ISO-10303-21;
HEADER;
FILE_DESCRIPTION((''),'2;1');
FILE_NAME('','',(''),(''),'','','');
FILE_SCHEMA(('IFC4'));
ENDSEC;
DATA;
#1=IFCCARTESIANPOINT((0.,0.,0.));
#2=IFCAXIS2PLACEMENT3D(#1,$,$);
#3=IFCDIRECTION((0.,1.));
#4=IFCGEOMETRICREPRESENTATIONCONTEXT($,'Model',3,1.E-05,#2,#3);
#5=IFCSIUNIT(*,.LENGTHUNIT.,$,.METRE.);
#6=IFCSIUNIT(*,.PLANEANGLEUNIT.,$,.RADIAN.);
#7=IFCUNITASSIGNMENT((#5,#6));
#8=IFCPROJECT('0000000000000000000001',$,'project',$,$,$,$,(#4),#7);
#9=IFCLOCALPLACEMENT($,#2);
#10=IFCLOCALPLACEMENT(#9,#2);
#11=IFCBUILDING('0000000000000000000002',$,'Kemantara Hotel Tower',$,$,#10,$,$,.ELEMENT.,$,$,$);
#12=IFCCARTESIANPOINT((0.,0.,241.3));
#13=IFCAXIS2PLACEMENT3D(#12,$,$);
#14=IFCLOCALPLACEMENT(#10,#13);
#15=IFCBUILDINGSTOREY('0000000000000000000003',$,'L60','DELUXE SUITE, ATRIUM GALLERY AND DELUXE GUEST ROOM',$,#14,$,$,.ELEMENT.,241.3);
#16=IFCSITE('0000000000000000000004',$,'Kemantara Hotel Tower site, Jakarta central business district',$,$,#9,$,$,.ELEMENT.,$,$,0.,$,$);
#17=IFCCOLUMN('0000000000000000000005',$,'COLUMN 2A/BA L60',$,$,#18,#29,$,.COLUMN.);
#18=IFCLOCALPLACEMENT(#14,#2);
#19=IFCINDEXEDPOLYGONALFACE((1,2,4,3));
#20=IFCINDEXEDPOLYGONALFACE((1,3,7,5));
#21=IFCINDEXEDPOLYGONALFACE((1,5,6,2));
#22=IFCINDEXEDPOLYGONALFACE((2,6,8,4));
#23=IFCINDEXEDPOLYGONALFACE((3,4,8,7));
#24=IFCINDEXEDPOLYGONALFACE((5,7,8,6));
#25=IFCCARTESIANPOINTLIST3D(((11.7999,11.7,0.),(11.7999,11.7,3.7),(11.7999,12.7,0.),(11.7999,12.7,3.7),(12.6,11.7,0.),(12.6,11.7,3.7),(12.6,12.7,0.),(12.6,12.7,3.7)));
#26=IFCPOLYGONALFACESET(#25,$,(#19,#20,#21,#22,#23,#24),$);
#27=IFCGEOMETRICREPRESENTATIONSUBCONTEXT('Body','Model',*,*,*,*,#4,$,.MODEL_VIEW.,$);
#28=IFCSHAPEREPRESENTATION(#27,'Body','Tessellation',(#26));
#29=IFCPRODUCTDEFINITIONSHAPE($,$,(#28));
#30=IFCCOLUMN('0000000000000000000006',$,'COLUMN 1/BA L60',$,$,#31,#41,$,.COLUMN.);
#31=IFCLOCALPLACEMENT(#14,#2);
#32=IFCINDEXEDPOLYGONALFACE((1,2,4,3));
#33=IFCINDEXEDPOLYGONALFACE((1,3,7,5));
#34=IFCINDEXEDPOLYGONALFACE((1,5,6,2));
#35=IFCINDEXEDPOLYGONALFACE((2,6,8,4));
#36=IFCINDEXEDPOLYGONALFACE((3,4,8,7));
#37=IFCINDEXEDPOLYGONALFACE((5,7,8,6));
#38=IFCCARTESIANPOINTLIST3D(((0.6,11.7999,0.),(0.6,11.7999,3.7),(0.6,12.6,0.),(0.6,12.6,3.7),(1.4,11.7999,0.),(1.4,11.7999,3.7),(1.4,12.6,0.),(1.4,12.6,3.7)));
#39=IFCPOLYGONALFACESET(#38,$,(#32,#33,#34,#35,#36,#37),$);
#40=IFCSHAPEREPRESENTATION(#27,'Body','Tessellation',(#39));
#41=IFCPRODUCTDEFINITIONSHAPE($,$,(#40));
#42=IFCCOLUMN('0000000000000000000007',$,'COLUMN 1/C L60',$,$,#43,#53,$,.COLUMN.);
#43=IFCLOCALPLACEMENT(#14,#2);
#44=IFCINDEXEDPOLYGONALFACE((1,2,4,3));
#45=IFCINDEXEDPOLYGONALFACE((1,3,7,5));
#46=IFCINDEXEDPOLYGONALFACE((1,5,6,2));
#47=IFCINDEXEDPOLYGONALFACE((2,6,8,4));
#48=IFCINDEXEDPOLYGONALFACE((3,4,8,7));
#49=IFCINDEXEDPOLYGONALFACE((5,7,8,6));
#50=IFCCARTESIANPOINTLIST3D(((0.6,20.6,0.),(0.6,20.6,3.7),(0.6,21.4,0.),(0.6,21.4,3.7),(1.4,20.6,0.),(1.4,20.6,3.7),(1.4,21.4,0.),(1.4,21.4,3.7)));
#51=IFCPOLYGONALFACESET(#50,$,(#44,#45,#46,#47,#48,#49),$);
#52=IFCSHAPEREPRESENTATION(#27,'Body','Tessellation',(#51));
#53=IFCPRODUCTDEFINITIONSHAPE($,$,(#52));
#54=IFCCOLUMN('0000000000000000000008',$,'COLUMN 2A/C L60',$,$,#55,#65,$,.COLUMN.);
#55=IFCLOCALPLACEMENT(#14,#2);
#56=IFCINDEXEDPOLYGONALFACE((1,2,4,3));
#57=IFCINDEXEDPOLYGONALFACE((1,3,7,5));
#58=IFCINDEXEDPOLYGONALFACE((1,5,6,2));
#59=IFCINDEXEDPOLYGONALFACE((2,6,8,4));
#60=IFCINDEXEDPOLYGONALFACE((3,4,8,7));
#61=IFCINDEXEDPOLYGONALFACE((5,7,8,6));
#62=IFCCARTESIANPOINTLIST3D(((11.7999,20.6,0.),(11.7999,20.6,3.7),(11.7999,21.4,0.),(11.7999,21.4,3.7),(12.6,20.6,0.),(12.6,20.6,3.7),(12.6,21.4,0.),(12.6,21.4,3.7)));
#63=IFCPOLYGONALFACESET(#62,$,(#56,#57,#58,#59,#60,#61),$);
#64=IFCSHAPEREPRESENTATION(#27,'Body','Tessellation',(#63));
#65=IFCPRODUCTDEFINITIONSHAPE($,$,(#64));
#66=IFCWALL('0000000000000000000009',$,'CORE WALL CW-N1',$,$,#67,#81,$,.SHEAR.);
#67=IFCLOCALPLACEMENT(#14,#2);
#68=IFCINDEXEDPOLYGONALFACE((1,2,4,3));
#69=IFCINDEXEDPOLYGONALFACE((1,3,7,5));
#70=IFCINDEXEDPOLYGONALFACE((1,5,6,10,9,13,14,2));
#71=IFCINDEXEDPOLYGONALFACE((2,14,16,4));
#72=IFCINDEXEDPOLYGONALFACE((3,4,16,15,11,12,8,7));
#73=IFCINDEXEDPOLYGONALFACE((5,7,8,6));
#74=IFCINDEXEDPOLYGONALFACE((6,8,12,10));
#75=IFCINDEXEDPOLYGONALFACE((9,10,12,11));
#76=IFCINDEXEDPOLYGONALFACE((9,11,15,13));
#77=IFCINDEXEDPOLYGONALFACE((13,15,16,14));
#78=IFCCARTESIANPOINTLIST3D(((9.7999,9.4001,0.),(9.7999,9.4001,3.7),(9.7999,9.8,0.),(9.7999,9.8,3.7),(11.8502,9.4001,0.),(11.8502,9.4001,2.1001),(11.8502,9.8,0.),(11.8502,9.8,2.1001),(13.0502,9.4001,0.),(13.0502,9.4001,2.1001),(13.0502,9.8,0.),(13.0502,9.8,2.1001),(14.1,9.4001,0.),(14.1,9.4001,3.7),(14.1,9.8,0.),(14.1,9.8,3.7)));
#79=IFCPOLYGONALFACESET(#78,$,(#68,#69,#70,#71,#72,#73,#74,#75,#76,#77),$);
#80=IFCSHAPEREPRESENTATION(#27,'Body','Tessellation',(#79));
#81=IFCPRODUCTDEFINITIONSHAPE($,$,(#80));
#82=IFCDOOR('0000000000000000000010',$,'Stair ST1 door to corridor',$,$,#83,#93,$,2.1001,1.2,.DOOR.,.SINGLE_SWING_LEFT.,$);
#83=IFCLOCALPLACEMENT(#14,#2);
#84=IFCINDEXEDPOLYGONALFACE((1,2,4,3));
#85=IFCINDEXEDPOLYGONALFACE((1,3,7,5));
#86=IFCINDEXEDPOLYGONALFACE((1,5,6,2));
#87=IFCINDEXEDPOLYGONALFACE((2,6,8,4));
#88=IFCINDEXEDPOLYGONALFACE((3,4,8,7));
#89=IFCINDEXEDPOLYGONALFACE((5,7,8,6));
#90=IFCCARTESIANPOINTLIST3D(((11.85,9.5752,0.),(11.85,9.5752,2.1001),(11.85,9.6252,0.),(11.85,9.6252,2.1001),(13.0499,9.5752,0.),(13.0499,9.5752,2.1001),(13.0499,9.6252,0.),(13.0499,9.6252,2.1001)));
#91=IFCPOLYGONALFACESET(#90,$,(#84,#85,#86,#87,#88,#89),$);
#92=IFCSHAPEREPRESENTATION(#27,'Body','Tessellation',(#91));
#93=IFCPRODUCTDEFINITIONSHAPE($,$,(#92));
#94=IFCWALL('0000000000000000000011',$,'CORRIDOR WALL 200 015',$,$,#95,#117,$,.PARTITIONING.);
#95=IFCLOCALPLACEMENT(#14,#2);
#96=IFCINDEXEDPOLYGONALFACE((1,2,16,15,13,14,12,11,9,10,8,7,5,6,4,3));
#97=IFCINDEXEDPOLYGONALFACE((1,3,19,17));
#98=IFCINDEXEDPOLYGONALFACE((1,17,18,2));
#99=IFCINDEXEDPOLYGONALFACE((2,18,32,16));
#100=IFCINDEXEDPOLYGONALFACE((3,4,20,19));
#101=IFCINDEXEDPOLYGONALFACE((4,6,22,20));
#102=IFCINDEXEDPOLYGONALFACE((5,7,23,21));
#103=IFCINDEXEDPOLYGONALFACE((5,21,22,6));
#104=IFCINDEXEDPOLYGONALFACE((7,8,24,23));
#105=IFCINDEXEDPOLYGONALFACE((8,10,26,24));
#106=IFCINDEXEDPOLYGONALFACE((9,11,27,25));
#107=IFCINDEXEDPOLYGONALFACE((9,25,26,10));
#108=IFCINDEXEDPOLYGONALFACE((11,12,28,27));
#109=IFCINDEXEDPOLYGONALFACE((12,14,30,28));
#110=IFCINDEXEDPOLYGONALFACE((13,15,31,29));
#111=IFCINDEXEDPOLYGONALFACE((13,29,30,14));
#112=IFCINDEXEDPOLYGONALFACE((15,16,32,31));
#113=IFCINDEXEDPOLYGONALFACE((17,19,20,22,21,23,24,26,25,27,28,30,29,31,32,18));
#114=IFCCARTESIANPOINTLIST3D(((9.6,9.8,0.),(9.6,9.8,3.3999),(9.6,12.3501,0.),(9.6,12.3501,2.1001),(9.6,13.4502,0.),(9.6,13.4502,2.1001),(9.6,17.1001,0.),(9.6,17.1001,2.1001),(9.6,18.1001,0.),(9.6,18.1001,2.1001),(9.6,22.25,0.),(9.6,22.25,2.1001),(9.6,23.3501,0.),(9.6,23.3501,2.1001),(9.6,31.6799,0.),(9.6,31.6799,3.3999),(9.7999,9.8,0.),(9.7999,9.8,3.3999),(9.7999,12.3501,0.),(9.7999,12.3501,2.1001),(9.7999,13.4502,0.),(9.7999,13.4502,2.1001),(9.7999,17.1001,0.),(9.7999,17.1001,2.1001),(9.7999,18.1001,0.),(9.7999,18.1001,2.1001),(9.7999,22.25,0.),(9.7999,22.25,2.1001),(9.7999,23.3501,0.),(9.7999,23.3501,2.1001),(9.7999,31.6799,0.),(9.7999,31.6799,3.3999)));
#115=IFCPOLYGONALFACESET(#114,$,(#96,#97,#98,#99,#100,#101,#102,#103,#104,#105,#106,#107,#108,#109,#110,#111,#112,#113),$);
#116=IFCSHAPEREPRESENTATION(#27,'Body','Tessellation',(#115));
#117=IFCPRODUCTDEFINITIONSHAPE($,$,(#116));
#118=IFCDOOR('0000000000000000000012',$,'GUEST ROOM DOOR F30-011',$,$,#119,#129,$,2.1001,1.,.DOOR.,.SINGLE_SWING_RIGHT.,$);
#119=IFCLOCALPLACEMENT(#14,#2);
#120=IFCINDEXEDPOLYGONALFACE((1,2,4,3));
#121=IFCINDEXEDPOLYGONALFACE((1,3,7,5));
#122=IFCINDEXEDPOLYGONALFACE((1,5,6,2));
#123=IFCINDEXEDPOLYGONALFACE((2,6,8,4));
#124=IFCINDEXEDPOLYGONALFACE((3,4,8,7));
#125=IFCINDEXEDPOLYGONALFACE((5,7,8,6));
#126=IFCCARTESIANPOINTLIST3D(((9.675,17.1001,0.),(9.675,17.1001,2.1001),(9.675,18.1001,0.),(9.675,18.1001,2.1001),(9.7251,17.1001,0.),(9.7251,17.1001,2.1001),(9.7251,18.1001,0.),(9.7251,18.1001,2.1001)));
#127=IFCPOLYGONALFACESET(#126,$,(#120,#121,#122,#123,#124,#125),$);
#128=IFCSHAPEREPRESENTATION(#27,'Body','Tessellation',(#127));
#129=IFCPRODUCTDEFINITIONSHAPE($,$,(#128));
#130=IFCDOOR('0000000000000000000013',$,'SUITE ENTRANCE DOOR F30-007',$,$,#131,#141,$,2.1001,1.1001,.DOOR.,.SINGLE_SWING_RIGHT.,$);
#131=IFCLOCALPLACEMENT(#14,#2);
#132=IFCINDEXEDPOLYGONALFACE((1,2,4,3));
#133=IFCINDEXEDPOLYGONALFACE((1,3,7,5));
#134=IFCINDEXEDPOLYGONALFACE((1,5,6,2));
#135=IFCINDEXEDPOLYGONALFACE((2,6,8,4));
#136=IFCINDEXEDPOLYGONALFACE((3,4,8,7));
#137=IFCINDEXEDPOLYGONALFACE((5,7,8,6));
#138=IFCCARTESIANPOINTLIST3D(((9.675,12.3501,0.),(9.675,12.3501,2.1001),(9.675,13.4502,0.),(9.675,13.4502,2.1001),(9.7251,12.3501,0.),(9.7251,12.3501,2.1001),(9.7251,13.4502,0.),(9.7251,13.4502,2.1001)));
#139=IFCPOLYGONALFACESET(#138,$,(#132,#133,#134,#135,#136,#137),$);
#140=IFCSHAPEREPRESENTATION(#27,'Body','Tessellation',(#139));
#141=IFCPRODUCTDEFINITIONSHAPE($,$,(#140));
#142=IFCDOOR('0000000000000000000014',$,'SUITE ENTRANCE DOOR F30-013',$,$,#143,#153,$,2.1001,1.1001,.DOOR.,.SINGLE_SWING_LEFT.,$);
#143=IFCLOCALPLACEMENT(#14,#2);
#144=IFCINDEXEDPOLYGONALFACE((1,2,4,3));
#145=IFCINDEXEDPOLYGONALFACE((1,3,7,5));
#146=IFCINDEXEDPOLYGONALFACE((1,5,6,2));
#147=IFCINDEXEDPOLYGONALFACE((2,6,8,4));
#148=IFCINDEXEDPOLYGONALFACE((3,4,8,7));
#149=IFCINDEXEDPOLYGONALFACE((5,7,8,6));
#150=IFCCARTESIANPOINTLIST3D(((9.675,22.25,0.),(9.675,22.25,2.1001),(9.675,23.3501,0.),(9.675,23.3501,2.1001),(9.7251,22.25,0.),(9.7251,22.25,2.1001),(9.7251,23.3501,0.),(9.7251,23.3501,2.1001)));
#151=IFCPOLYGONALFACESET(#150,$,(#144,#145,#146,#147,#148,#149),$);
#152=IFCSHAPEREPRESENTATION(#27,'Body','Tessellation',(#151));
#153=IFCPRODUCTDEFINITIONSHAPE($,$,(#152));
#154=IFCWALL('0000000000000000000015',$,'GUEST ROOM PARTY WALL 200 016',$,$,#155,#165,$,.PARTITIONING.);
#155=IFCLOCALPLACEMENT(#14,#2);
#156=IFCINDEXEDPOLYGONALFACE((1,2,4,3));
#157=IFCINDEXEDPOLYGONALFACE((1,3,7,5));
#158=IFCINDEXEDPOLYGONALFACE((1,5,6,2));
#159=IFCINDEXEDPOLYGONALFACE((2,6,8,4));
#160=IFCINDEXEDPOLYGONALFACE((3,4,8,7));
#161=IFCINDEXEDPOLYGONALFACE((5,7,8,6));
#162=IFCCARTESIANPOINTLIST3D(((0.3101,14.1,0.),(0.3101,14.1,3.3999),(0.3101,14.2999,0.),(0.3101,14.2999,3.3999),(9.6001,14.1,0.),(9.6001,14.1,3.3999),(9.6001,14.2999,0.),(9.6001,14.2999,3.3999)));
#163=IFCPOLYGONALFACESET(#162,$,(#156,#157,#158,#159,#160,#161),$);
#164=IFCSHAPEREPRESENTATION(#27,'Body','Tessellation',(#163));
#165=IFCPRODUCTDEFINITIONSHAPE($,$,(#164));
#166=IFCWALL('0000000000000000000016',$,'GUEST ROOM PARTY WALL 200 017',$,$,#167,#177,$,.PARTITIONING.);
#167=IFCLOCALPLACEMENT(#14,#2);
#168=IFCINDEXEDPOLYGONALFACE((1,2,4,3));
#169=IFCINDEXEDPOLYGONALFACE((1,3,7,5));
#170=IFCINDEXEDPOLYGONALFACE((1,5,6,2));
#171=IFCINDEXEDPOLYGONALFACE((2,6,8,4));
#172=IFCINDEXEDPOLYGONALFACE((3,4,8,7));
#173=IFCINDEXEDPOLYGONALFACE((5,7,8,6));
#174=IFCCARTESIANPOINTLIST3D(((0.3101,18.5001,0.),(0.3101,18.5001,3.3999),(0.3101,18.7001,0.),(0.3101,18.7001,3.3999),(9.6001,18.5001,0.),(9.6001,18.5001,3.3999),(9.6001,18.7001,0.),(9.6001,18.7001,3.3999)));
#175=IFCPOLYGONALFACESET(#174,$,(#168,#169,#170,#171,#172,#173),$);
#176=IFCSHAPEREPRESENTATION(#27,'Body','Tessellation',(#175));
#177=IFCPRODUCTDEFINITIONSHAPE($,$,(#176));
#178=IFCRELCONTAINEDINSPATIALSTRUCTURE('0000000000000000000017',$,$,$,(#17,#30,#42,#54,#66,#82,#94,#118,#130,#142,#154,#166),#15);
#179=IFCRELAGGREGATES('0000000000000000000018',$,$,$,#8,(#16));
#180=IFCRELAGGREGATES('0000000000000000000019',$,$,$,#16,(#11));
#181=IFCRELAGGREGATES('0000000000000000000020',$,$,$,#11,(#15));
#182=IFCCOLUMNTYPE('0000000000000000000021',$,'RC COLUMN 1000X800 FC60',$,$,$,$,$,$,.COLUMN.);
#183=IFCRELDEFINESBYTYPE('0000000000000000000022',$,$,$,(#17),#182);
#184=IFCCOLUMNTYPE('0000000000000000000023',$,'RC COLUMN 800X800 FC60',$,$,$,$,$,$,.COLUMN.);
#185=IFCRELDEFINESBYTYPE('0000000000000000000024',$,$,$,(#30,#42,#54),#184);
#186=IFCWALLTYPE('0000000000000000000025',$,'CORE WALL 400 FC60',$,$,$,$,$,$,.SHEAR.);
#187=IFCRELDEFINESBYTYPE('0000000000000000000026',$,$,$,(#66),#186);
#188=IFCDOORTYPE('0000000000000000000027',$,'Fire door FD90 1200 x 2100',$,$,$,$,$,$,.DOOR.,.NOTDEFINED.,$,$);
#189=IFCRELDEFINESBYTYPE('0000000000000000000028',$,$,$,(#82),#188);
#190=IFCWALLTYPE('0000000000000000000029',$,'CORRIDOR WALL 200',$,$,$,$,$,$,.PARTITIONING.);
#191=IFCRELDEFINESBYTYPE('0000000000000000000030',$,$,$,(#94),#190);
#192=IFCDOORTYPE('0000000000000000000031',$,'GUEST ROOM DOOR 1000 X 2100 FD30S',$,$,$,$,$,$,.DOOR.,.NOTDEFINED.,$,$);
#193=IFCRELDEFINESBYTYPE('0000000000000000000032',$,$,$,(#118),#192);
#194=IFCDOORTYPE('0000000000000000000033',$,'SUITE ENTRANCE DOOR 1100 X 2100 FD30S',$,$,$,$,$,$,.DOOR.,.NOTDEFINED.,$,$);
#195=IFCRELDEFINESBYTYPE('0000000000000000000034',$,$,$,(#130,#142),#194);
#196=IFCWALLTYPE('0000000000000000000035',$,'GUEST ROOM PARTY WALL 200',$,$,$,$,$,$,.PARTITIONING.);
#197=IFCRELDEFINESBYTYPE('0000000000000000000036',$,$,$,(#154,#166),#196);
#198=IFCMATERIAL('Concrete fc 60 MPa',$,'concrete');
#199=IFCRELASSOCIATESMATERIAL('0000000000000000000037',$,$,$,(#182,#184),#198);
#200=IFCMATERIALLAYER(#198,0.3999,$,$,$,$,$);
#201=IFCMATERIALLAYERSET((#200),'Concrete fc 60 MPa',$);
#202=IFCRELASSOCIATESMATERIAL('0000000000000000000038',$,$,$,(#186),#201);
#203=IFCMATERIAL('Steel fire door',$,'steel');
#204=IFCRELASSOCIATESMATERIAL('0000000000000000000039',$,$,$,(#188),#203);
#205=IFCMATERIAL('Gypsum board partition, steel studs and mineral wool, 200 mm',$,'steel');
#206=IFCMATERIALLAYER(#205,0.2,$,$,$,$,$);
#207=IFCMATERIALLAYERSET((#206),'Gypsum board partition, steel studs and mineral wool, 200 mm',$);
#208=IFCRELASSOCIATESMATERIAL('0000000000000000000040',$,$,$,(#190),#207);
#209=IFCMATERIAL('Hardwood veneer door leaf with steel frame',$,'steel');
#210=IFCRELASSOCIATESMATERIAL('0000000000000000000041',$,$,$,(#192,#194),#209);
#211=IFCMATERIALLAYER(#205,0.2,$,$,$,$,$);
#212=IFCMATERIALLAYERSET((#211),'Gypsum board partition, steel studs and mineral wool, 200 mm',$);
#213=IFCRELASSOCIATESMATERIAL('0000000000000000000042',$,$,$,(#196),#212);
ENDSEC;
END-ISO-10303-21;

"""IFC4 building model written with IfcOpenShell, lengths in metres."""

from ifc_helpers import new_model, si_unit, direction, frame, frame_2d, origin, origin_2d, place, context, subcontext, project, spatial, rectangle, extrude, material, layer, layer_set, material_profile, profile_set, type_object, element, fill, save


model = new_model("IFC4")

# Units and contexts
model_context = context("Model", 3, precision=1e-05, world=origin(), true_north=direction((0.0, 1.0)))
body_context = subcontext(model_context, "Body", "Model", "MODEL_VIEW")
ifc_project = project(units=[si_unit("LENGTHUNIT", "METRE"), si_unit("PLANEANGLEUNIT", "RADIAN")], contexts=[model_context])

# Site, building, storey
site_placement = place(None, origin())
site = spatial("IfcSite", under=ifc_project, at=site_placement, Name="Kemantara Hotel Tower site, Jakarta central business district", CompositionType="ELEMENT", RefElevation=0.0)
building_placement = place(site_placement, origin())
building = spatial("IfcBuilding", under=site, at=building_placement, Name="Kemantara Hotel Tower", CompositionType="ELEMENT")
storey_placement = place(building_placement, frame((0.0, 0.0, 241.3)))
storey = spatial("IfcBuildingStorey", under=building, at=storey_placement, Name="L60", Description="DELUXE SUITE, ATRIUM GALLERY AND DELUXE GUEST ROOM", CompositionType="ELEMENT", Elevation=241.3)

# Columns
ifc_material_1 = material(Name="Concrete fc 60 MPa", Category="concrete")
ifc_material_profile_1 = material_profile(ifc_material_1, rectangle(XDim=1.0, YDim=0.8, at=origin_2d()), Name="RC 1000X800")
ifc_profile_set_1 = profile_set([ifc_material_profile_1], Name="Concrete fc 60 MPa")
column_type_1 = type_object("IfcColumnType", Name="RC COLUMN 1000X800 FC60", PredefinedType="COLUMN", material=ifc_profile_set_1)
column_placement = place(storey_placement, frame((12.2, 12.2, 0.0), z_axis=(0.0, 0.0, 1.0), x_axis=(0.0, 1.0, 0.0)))
element("IfcColumn", 1, at=column_placement, inside=storey, type_object=column_type_1, Name="COLUMN 2A/BA L60", PredefinedType="COLUMN", context=body_context, shape_type="SweptSolid", body=[
    extrude(rectangle(XDim=1.0, YDim=0.8, at=origin_2d()), origin(), (0.0, 0.0, 1.0), 3.7),
])
ifc_material_profile_2 = material_profile(ifc_material_1, rectangle(XDim=0.8, YDim=0.8, at=origin_2d()), Name="RC 800X800")
ifc_profile_set_2 = profile_set([ifc_material_profile_2], Name="Concrete fc 60 MPa")
column_type_2 = type_object("IfcColumnType", Name="RC COLUMN 800X800 FC60", PredefinedType="COLUMN", material=ifc_profile_set_2)
for number, where, z_axis, x_axis, name in (
    (2, (1.0, 12.2, 0.0), (0.0, 0.0, 1.0), (1.0, 0.0, 0.0), "COLUMN 1/BA L60"),
    (3, (1.0, 21.0, 0.0), (0.0, 0.0, 1.0), (1.0, 0.0, 0.0), "COLUMN 1/C L60"),
    (4, (12.2, 21.0, 0.0), (0.0, 0.0, 1.0), (1.0, 0.0, 0.0), "COLUMN 2A/C L60"),
):
    element("IfcColumn", number, at=place(storey_placement, frame(where, z_axis=z_axis, x_axis=x_axis)), inside=storey, type_object=column_type_2, Name=name, PredefinedType="COLUMN", context=body_context, shape_type="SweptSolid", body=[
        extrude(rectangle(XDim=0.8, YDim=0.8, at=origin_2d()), origin(), (0.0, 0.0, 1.0), 3.7),
    ])

# Wall, opening, door
ifc_layer_1 = layer(ifc_material_1, 0.3999)
ifc_layer_set_1 = layer_set([ifc_layer_1], Name="Concrete fc 60 MPa")
wall_type_1 = type_object("IfcWallType", Name="CORE WALL 400 FC60", PredefinedType="SHEAR", material=ifc_layer_set_1)
wall_1_placement = place(storey_placement, frame((9.8, 9.6001, 0.0), z_axis=(0.0, 0.0, 1.0), x_axis=(1.0, 0.0, 0.0)))
wall_1 = element("IfcWall", 5, at=wall_1_placement, inside=storey, type_object=wall_type_1, Name="CORE WALL CW-N1", PredefinedType="SHEAR", context=body_context, shape_type="SweptSolid", body=[
    extrude(rectangle(XDim=4.3, YDim=0.3999, at=frame_2d((2.1499, 0.0))), origin(), (0.0, 0.0, 1.0), 3.7),
])
opening_1_placement = place(wall_1_placement, frame((2.05, 0.0, 0.0)))
opening_1 = element("IfcOpeningElement", 6, at=opening_1_placement, cuts=wall_1, PredefinedType="OPENING", context=body_context, shape_type="SweptSolid", body=[
    extrude(rectangle(XDim=1.2, YDim=2.1001, at=frame_2d((0.6001, 1.05))), frame((0.0, 0.21, 0.0), z_axis=(0.0, -1.0, 0.0), x_axis=(1.0, 0.0, 0.0)), (0.0, 0.0, 1.0), 0.4199),
])
ifc_material_2 = material(Name="Steel fire door", Category="steel")
door_type_1 = type_object("IfcDoorType", Name="Fire door FD90 1200 x 2100", OperationType="NOTDEFINED", PredefinedType="DOOR", material=ifc_material_2)
door_1_placement = place(opening_1_placement, frame((1.2, 0.0, 0.0), z_axis=(0.0, 0.0, 1.0), x_axis=(-1.0, 0.0, 0.0)))
door_1 = element("IfcDoor", 7, at=door_1_placement, inside=storey, type_object=door_type_1, Name="Stair ST1 door to corridor", OperationType="SINGLE_SWING_LEFT", OverallHeight=2.1001, OverallWidth=1.2, PredefinedType="DOOR", context=body_context, shape_type="SweptSolid", body=[
    extrude(rectangle(XDim=1.2, YDim=2.1001, at=frame_2d((0.6001, 1.05))), frame((0.0, 0.0249, 0.0), z_axis=(0.0, -1.0, 0.0), x_axis=(1.0, 0.0, 0.0)), (0.0, 0.0, 1.0), 0.05),
])
fill(opening_1, door_1)

# Wall, openings, doors
ifc_material_3 = material(Name="Gypsum board partition, steel studs and mineral wool, 200 mm", Category="steel")
ifc_layer_2 = layer(ifc_material_3, 0.2)
ifc_layer_set_2 = layer_set([ifc_layer_2], Name="Gypsum board partition, steel studs and mineral wool, 200 mm")
wall_type_2 = type_object("IfcWallType", Name="CORRIDOR WALL 200", PredefinedType="PARTITIONING", material=ifc_layer_set_2)
wall_2_placement = place(storey_placement, frame((9.7, 9.8, 0.0), z_axis=(0.0, 0.0, 1.0), x_axis=(0.0, 1.0, 0.0)))
wall_2 = element("IfcWall", 8, at=wall_2_placement, inside=storey, type_object=wall_type_2, Name="CORRIDOR WALL 200 015", PredefinedType="PARTITIONING", context=body_context, shape_type="SweptSolid", body=[
    extrude(rectangle(XDim=21.8799, YDim=0.2, at=frame_2d((10.9399, 0.0))), origin(), (0.0, 0.0, 1.0), 3.3999),
])
opening_2_placement = place(wall_2_placement, frame((2.55, 0.0, 0.0)))
opening_2 = element("IfcOpeningElement", 9, at=opening_2_placement, cuts=wall_2, PredefinedType="OPENING", context=body_context, shape_type="SweptSolid", body=[
    extrude(rectangle(XDim=1.1001, YDim=2.1001, at=frame_2d((0.55, 1.05))), frame((0.0, 0.1099, 0.0), z_axis=(0.0, -1.0, 0.0), x_axis=(1.0, 0.0, 0.0)), (0.0, 0.0, 1.0), 0.22),
])
opening_3_placement = place(wall_2_placement, frame((7.3, 0.0, 0.0)))
opening_3 = element("IfcOpeningElement", 10, at=opening_3_placement, cuts=wall_2, PredefinedType="OPENING", context=body_context, shape_type="SweptSolid", body=[
    extrude(rectangle(XDim=1.0, YDim=2.1001, at=frame_2d((0.5, 1.05))), frame((0.0, 0.1099, 0.0), z_axis=(0.0, -1.0, 0.0), x_axis=(1.0, 0.0, 0.0)), (0.0, 0.0, 1.0), 0.22),
])
opening_4_placement = place(wall_2_placement, frame((12.45, 0.0, 0.0)))
opening_4 = element("IfcOpeningElement", 11, at=opening_4_placement, cuts=wall_2, PredefinedType="OPENING", context=body_context, shape_type="SweptSolid", body=[
    extrude(rectangle(XDim=1.1001, YDim=2.1001, at=frame_2d((0.55, 1.05))), frame((0.0, 0.1099, 0.0), z_axis=(0.0, -1.0, 0.0), x_axis=(1.0, 0.0, 0.0)), (0.0, 0.0, 1.0), 0.22),
])
ifc_material_4 = material(Name="Hardwood veneer door leaf with steel frame", Category="steel")
door_type_2 = type_object("IfcDoorType", Name="GUEST ROOM DOOR 1000 X 2100 FD30S", OperationType="NOTDEFINED", PredefinedType="DOOR", material=ifc_material_4)
door_2_placement = place(opening_3_placement, origin())
door_2 = element("IfcDoor", 12, at=door_2_placement, inside=storey, type_object=door_type_2, Name="GUEST ROOM DOOR F30-011", OperationType="SINGLE_SWING_RIGHT", OverallHeight=2.1001, OverallWidth=1.0, PredefinedType="DOOR", context=body_context, shape_type="SweptSolid", body=[
    extrude(rectangle(XDim=1.0, YDim=2.1001, at=frame_2d((0.5, 1.05))), frame((0.0, 0.0249, 0.0), z_axis=(0.0, -1.0, 0.0), x_axis=(1.0, 0.0, 0.0)), (0.0, 0.0, 1.0), 0.05),
])
fill(opening_3, door_2)
door_type_3 = type_object("IfcDoorType", Name="SUITE ENTRANCE DOOR 1100 X 2100 FD30S", OperationType="NOTDEFINED", PredefinedType="DOOR", material=ifc_material_4)
door_3_placement = place(opening_2_placement, origin())
door_3 = element("IfcDoor", 13, at=door_3_placement, inside=storey, type_object=door_type_3, Name="SUITE ENTRANCE DOOR F30-007", OperationType="SINGLE_SWING_RIGHT", OverallHeight=2.1001, OverallWidth=1.1001, PredefinedType="DOOR", context=body_context, shape_type="SweptSolid", body=[
    extrude(rectangle(XDim=1.1001, YDim=2.1001, at=frame_2d((0.55, 1.05))), frame((0.0, 0.0249, 0.0), z_axis=(0.0, -1.0, 0.0), x_axis=(1.0, 0.0, 0.0)), (0.0, 0.0, 1.0), 0.05),
])
fill(opening_2, door_3)
door_4_placement = place(opening_4_placement, origin())
door_4 = element("IfcDoor", 14, at=door_4_placement, inside=storey, type_object=door_type_3, Name="SUITE ENTRANCE DOOR F30-013", OperationType="SINGLE_SWING_LEFT", OverallHeight=2.1001, OverallWidth=1.1001, PredefinedType="DOOR", context=body_context, shape_type="SweptSolid", body=[
    extrude(rectangle(XDim=1.1001, YDim=2.1001, at=frame_2d((0.55, 1.05))), frame((0.0, 0.0249, 0.0), z_axis=(0.0, -1.0, 0.0), x_axis=(1.0, 0.0, 0.0)), (0.0, 0.0, 1.0), 0.05),
])
fill(opening_4, door_4)

# Walls
ifc_layer_3 = layer(ifc_material_3, 0.2)
ifc_layer_set_3 = layer_set([ifc_layer_3], Name="Gypsum board partition, steel studs and mineral wool, 200 mm")
wall_type_3 = type_object("IfcWallType", Name="GUEST ROOM PARTY WALL 200", PredefinedType="PARTITIONING", material=ifc_layer_set_3)
for number, where, z_axis, x_axis, name in (
    (15, (0.3101, 14.2, 0.0), (0.0, 0.0, 1.0), (1.0, 0.0, 0.0), "GUEST ROOM PARTY WALL 200 016"),
    (16, (0.3101, 18.6001, 0.0), (0.0, 0.0, 1.0), (1.0, 0.0, 0.0), "GUEST ROOM PARTY WALL 200 017"),
):
    element("IfcWall", number, at=place(storey_placement, frame(where, z_axis=z_axis, x_axis=x_axis)), inside=storey, type_object=wall_type_3, Name=name, PredefinedType="PARTITIONING", context=body_context, shape_type="SweptSolid", body=[
        extrude(rectangle(XDim=9.29, YDim=0.2, at=frame_2d((4.645, 0.0))), origin(), (0.0, 0.0, 1.0), 3.3999),
    ])

save(model, "model.ifc")
